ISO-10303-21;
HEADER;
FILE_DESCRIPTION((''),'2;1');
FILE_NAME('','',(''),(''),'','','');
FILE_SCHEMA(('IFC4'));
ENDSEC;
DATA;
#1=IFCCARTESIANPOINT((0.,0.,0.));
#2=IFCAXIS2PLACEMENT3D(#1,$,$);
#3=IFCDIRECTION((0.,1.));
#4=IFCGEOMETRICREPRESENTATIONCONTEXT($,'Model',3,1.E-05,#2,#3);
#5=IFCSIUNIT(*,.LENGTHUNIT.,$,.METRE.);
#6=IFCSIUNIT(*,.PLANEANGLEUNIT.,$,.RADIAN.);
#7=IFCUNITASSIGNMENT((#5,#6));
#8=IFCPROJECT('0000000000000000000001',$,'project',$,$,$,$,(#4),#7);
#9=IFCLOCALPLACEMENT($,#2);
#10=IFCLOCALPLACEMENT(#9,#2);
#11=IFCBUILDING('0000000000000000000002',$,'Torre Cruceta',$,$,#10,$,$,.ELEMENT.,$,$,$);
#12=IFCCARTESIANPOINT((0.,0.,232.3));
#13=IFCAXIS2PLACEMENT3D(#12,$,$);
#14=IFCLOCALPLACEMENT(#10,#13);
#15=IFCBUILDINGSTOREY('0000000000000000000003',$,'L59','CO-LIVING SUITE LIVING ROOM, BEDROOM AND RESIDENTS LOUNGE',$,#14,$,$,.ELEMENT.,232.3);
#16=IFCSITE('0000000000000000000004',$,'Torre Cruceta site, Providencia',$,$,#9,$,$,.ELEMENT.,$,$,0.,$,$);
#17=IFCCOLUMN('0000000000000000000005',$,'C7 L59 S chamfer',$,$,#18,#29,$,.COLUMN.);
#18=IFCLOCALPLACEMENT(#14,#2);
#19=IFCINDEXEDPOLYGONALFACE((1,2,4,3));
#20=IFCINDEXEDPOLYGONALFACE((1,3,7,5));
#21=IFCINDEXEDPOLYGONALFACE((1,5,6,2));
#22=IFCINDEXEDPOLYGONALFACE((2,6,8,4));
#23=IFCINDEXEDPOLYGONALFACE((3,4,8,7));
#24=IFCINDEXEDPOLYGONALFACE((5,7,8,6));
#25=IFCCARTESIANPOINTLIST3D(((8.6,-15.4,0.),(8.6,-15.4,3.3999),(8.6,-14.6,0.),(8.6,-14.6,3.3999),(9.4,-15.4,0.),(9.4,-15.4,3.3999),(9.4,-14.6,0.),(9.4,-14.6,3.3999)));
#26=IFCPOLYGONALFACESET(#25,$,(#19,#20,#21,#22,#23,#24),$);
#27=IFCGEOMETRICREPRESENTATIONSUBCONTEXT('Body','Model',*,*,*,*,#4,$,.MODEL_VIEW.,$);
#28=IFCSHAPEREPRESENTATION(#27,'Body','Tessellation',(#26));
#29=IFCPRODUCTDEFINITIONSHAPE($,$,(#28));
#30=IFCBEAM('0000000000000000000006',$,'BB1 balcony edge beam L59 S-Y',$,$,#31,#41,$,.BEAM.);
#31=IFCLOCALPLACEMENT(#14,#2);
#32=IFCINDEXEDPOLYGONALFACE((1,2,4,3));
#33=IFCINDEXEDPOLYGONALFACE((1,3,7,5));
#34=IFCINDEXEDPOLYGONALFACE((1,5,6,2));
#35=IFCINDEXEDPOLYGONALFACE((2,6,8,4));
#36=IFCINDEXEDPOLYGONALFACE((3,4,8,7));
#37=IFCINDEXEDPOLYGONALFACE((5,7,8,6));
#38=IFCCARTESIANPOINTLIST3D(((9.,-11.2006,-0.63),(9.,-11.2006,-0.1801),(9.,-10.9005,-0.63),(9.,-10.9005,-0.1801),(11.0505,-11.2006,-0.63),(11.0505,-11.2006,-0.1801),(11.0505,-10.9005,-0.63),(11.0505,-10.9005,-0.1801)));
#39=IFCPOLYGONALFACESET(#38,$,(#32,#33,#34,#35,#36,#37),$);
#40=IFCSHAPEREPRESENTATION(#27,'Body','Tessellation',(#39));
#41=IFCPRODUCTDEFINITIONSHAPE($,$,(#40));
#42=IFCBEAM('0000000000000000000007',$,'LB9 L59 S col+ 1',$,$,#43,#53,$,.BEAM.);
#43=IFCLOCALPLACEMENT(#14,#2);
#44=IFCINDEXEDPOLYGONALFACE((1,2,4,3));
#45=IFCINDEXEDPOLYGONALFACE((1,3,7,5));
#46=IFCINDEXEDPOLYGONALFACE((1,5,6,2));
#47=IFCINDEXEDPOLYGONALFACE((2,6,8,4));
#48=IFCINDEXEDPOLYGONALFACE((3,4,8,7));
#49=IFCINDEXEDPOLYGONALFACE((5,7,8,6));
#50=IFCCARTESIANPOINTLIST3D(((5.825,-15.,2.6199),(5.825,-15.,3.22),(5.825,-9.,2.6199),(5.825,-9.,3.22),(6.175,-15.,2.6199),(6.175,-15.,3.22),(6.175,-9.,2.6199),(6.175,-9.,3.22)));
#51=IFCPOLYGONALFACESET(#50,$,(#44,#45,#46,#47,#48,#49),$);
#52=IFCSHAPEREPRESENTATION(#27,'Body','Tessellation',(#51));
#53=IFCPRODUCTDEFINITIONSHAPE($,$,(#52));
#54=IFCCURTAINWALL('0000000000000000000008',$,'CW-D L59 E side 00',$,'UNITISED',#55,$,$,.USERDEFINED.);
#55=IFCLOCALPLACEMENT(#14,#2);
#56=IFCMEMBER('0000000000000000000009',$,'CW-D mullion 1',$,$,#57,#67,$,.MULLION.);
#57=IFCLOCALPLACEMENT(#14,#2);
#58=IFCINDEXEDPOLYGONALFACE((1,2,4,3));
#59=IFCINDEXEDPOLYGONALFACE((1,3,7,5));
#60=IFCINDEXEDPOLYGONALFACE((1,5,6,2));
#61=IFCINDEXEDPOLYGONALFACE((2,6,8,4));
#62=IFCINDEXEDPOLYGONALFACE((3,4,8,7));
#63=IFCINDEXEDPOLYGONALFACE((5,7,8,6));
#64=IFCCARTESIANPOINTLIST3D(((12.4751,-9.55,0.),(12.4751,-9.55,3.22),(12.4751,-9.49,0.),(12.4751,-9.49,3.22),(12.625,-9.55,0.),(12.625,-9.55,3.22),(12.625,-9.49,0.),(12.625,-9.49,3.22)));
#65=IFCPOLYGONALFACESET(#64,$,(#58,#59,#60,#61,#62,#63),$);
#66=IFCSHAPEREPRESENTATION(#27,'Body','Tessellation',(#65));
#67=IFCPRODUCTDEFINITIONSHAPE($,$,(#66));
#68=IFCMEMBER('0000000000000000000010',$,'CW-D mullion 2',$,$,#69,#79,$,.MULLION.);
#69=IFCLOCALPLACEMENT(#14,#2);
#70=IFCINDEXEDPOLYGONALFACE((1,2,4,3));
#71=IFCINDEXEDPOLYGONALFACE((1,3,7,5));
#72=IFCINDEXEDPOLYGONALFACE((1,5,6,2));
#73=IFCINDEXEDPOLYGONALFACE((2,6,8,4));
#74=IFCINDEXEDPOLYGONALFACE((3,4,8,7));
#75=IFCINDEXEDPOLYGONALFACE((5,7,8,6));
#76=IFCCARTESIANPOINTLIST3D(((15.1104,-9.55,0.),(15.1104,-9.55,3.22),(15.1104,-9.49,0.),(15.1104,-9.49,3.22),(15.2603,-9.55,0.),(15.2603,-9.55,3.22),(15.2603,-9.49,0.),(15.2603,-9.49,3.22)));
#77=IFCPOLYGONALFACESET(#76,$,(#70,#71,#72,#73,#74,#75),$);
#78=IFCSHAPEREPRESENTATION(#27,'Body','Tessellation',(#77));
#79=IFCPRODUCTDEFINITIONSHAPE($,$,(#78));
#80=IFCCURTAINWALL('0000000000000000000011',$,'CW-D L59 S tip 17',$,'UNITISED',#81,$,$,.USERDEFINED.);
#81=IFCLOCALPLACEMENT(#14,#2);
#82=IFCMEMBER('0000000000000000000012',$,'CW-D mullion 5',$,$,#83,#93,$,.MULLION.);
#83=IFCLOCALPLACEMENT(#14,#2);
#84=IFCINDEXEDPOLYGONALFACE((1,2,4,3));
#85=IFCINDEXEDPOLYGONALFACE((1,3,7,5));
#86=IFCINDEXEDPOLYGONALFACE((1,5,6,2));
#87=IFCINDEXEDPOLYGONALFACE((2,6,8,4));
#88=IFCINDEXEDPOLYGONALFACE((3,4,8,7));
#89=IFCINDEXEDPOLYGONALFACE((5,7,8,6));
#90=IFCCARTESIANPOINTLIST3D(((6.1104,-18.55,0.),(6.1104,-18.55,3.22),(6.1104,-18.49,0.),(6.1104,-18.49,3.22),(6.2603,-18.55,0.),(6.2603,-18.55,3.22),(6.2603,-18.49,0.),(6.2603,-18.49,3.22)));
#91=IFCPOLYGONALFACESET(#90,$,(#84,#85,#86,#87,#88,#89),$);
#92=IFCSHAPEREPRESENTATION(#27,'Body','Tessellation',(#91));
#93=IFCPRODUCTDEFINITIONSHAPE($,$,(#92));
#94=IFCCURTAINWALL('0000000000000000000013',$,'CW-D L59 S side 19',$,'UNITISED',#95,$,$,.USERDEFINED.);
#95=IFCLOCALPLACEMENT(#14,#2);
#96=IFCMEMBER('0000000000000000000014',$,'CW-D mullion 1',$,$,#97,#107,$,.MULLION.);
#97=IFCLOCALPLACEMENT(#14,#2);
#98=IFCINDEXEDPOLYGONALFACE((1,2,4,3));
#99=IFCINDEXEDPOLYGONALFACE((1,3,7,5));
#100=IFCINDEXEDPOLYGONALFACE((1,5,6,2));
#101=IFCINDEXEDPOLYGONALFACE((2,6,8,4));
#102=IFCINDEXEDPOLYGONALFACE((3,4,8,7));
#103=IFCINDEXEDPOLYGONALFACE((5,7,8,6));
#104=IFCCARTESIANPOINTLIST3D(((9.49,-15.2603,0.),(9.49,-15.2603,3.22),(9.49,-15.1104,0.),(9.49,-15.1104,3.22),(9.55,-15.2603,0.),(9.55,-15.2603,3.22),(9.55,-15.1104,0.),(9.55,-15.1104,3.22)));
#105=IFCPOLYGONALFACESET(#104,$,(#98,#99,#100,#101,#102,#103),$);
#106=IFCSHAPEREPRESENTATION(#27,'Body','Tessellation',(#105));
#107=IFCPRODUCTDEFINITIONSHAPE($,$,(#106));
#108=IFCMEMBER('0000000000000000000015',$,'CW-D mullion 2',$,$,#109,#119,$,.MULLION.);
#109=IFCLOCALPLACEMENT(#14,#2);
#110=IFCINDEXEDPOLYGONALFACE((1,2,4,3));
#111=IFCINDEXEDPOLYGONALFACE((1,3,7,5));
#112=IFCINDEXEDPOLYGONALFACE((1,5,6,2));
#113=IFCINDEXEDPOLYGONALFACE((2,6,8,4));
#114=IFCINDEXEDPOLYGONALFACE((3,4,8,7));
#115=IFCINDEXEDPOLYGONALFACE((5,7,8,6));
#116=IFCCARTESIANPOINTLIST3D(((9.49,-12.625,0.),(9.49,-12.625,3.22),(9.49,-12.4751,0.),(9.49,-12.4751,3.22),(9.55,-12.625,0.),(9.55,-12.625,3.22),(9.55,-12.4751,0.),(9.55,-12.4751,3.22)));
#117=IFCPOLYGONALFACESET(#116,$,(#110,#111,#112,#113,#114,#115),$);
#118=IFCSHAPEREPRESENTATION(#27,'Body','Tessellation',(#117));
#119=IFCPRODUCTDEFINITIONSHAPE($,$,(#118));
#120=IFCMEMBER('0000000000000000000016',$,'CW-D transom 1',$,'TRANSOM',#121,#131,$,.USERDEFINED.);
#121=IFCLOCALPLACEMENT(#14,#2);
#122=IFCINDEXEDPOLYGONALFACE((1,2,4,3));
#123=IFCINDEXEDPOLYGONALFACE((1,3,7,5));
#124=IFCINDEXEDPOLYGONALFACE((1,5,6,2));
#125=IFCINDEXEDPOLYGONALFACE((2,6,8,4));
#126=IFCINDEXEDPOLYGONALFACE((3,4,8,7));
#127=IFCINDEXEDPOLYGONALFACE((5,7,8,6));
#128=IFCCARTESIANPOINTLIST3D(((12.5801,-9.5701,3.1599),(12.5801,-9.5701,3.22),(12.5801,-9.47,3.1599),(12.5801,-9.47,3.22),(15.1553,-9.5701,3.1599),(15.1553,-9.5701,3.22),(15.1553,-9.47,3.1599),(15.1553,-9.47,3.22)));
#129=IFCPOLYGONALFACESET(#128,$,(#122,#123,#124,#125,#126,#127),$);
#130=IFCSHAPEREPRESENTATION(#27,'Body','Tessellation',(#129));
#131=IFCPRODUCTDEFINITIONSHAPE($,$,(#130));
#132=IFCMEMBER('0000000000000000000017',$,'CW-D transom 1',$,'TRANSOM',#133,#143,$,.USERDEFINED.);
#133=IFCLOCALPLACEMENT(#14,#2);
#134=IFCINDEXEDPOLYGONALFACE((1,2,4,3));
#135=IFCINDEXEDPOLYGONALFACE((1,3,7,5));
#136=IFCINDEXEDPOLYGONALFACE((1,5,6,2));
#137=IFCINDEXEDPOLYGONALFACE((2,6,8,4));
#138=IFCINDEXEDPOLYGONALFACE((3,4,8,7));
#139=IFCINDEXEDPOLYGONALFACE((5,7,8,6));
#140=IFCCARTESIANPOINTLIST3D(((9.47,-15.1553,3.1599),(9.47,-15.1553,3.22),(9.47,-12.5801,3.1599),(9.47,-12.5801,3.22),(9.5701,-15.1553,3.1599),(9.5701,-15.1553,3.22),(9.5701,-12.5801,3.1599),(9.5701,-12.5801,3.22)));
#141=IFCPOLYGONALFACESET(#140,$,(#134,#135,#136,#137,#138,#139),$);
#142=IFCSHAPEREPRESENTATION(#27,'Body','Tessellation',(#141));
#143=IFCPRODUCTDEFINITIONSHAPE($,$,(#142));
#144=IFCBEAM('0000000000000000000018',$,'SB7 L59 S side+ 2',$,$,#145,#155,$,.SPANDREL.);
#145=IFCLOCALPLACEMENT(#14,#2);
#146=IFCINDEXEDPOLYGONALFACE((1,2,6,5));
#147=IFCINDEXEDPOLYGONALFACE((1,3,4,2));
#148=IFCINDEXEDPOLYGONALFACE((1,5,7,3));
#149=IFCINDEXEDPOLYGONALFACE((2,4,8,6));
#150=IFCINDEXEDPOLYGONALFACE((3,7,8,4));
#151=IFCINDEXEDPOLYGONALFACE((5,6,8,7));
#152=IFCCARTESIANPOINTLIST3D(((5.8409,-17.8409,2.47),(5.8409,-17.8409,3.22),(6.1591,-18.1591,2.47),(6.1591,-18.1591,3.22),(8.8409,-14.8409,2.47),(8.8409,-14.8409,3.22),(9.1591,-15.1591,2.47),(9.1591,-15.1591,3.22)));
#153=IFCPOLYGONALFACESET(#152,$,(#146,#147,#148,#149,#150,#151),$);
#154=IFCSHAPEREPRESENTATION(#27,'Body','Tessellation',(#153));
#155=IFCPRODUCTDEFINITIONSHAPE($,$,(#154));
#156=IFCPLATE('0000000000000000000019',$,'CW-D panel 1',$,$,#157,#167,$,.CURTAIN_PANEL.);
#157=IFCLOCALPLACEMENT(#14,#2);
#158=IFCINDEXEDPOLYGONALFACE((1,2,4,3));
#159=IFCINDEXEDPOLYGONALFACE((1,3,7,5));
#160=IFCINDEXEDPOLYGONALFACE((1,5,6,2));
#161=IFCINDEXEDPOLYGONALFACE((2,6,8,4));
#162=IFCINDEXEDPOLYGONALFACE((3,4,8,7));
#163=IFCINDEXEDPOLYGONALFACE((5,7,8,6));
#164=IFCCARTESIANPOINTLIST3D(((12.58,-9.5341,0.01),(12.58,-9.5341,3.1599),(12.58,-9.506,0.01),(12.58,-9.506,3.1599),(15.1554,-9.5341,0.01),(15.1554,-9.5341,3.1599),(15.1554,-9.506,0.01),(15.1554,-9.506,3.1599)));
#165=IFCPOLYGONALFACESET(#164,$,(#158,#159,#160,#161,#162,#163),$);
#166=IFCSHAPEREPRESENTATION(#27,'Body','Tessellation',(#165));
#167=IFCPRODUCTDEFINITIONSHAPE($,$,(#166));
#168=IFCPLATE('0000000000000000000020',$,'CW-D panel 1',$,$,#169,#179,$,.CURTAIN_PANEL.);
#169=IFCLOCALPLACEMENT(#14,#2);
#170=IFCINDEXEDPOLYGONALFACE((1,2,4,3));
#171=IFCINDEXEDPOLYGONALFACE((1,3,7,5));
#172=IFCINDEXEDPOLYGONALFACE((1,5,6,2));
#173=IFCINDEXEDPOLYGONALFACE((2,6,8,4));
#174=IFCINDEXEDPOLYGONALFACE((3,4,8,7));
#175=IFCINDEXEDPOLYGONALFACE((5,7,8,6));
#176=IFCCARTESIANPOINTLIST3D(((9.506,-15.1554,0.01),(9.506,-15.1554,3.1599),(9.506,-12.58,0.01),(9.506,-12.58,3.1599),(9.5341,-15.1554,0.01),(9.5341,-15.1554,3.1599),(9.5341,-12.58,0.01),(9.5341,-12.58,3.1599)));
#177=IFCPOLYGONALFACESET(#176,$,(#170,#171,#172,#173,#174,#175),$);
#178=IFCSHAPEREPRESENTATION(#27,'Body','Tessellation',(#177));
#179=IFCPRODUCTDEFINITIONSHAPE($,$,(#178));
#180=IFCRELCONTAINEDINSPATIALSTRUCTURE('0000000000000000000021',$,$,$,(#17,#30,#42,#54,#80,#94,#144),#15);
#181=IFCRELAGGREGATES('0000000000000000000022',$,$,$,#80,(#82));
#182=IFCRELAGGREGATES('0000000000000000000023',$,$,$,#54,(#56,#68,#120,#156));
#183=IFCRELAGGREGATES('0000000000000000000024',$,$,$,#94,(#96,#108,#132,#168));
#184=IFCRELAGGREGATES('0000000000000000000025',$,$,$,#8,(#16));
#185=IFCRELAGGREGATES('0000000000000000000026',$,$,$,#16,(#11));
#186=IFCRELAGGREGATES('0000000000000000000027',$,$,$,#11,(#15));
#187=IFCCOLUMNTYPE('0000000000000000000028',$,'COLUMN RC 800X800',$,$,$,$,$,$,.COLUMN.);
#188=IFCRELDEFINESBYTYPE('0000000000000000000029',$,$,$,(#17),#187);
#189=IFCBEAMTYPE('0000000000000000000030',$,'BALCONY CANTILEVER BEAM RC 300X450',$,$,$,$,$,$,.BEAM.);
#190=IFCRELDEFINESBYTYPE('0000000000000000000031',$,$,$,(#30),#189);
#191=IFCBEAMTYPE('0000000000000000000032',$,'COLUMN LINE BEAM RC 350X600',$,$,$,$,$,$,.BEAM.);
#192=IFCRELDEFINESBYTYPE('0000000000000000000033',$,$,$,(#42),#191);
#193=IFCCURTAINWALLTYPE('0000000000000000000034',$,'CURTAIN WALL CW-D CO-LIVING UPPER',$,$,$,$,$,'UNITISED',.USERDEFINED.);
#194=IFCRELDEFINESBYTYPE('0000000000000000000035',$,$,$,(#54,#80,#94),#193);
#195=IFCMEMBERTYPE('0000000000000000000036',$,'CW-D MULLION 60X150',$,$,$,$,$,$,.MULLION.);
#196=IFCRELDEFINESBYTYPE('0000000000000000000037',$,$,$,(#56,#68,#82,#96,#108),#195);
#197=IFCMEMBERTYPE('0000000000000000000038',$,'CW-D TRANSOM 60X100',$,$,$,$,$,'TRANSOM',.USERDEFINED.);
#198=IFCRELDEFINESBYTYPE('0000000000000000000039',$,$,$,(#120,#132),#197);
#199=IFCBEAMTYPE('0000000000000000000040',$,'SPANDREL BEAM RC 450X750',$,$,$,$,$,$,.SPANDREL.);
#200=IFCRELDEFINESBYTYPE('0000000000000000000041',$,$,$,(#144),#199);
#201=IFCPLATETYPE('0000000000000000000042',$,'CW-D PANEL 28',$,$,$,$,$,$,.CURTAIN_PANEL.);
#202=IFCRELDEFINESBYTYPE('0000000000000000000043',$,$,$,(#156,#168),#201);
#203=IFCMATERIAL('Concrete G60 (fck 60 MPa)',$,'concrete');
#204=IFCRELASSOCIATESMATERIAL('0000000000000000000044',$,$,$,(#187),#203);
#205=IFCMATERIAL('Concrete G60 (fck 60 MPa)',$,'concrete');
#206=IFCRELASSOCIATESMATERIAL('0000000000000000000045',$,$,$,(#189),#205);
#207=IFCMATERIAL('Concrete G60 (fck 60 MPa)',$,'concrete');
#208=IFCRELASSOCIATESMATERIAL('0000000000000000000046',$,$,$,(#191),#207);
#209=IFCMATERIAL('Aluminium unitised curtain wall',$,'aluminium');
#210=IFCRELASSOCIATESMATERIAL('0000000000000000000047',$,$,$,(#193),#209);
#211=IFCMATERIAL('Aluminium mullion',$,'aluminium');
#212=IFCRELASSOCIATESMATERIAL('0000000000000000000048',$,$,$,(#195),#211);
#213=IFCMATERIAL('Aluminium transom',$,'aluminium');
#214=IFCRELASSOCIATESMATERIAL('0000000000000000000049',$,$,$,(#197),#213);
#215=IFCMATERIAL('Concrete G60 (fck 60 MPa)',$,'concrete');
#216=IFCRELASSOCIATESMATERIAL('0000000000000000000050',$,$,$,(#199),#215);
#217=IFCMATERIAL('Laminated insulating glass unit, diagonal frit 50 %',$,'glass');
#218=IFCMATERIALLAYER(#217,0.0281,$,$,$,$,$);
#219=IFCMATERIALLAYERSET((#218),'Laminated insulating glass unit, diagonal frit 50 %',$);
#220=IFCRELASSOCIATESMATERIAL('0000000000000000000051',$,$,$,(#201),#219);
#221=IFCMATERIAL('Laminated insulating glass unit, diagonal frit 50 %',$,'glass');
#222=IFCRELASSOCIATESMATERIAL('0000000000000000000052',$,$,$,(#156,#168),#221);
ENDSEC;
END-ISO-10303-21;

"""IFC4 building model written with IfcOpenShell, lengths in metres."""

from ifc_helpers import new_model, si_unit, direction, frame, origin, origin_2d, place, context, subcontext, project, spatial, rectangle, extrude, material, layer, layer_set, material_profile, profile_set, type_object, element, aggregate, save


model = new_model("IFC4")

# Units and contexts
model_context = context("Model", 3, precision=1e-05, world=origin(), true_north=direction((0.0, 1.0)))
body_context = subcontext(model_context, "Body", "Model", "MODEL_VIEW")
ifc_project = project(units=[si_unit("LENGTHUNIT", "METRE"), si_unit("PLANEANGLEUNIT", "RADIAN")], contexts=[model_context])

# Site, building, storey
site_placement = place(None, origin())
site = spatial("IfcSite", under=ifc_project, at=site_placement, Name="Torre Cruceta site, Providencia", CompositionType="ELEMENT", RefElevation=0.0)
building_placement = place(site_placement, origin())
building = spatial("IfcBuilding", under=site, at=building_placement, Name="Torre Cruceta", CompositionType="ELEMENT")
storey_placement = place(building_placement, frame((0.0, 0.0, 232.3)))
storey = spatial("IfcBuildingStorey", under=building, at=storey_placement, Name="L59", Description="CO-LIVING SUITE LIVING ROOM, BEDROOM AND RESIDENTS LOUNGE", CompositionType="ELEMENT", Elevation=232.3)

# Column
ifc_material_1 = material(Name="Concrete G60 (fck 60 MPa)", Category="concrete")
ifc_material_profile_1 = material_profile(ifc_material_1, rectangle(XDim=0.8, YDim=0.8, at=origin_2d()), Name="RC 800X800")
ifc_profile_set_1 = profile_set([ifc_material_profile_1], Name="Concrete G60 (fck 60 MPa)")
column_type = type_object("IfcColumnType", Name="COLUMN RC 800X800", PredefinedType="COLUMN", material=ifc_profile_set_1)
column_placement = place(storey_placement, frame((9.0, -15.0, 0.0), z_axis=(0.0, 0.0, 1.0), x_axis=(1.0, 0.0, 0.0)))
element("IfcColumn", 1, at=column_placement, inside=storey, type_object=column_type, Name="C7 L59 S chamfer", PredefinedType="COLUMN", context=body_context, shape_type="SweptSolid", body=[
    extrude(rectangle(XDim=0.8, YDim=0.8, at=origin_2d()), origin(), (0.0, 0.0, 1.0), 3.3999),
])

# Beams
ifc_material_2 = material(Name="Concrete G60 (fck 60 MPa)", Category="concrete")
ifc_material_profile_2 = material_profile(ifc_material_2, rectangle(XDim=0.3, YDim=0.45, at=origin_2d()), Name="RC 300X450")
ifc_profile_set_2 = profile_set([ifc_material_profile_2], Name="Concrete G60 (fck 60 MPa)")
beam_type_1 = type_object("IfcBeamType", Name="BALCONY CANTILEVER BEAM RC 300X450", PredefinedType="BEAM", material=ifc_profile_set_2)
beam_1_placement = place(storey_placement, frame((9.0, -11.0505, -0.405), z_axis=(1.0, 0.0, 0.0), x_axis=(0.0, 1.0, 0.0)))
element("IfcBeam", 2, at=beam_1_placement, inside=storey, type_object=beam_type_1, Name="BB1 balcony edge beam L59 S-Y", PredefinedType="BEAM", context=body_context, shape_type="SweptSolid", body=[
    extrude(rectangle(XDim=0.3, YDim=0.45, at=origin_2d()), origin(), (0.0, 0.0, 1.0), 2.0505),
])
ifc_material_3 = material(Name="Concrete G60 (fck 60 MPa)", Category="concrete")
ifc_material_profile_3 = material_profile(ifc_material_3, rectangle(XDim=0.3501, YDim=0.6001, at=origin_2d()), Name="RC 350X600")
ifc_profile_set_3 = profile_set([ifc_material_profile_3], Name="Concrete G60 (fck 60 MPa)")
beam_type_2 = type_object("IfcBeamType", Name="COLUMN LINE BEAM RC 350X600", PredefinedType="BEAM", material=ifc_profile_set_3)
beam_2_placement = place(storey_placement, frame((6.0, -9.0, 2.9199), z_axis=(0.0, -1.0, 0.0), x_axis=(1.0, 0.0, 0.0)))
element("IfcBeam", 3, at=beam_2_placement, inside=storey, type_object=beam_type_2, Name="LB9 L59 S col+ 1", PredefinedType="BEAM", context=body_context, shape_type="SweptSolid", body=[
    extrude(rectangle(XDim=0.3501, YDim=0.6001, at=origin_2d()), origin(), (0.0, 0.0, 1.0), 6.0),
])

# Curtain wall, members
ifc_material_4 = material(Name="Aluminium unitised curtain wall", Category="aluminium")
curtain_wall_type = type_object("IfcCurtainWallType", Name="CURTAIN WALL CW-D CO-LIVING UPPER", ElementType="UNITISED", PredefinedType="USERDEFINED", material=ifc_material_4)
curtain_wall_1_placement = place(storey_placement, origin())
curtain_wall_1 = element("IfcCurtainWall", 4, at=curtain_wall_1_placement, inside=storey, type_object=curtain_wall_type, Name="CW-D L59 E side 00", ObjectType="UNITISED", PredefinedType="USERDEFINED")
ifc_material_5 = material(Name="Aluminium mullion", Category="aluminium")
ifc_material_profile_4 = material_profile(ifc_material_5, rectangle(XDim=0.0601, YDim=0.1499, at=origin_2d()), Name="AL 60X150")
ifc_profile_set_4 = profile_set([ifc_material_profile_4], Name="Aluminium mullion")
member_type_1 = type_object("IfcMemberType", Name="CW-D MULLION 60X150", PredefinedType="MULLION", material=ifc_profile_set_4)
member_1_placement = place(storey_placement, frame((12.55, -9.52, 0.0), z_axis=(0.0, 0.0, 1.0), x_axis=(0.0, 1.0, 0.0)))
member_1 = element("IfcMember", 5, at=member_1_placement, type_object=member_type_1, Name="CW-D mullion 1", PredefinedType="MULLION", context=body_context, shape_type="SweptSolid", body=[
    extrude(rectangle(XDim=0.0601, YDim=0.1499, at=origin_2d()), origin(), (0.0, 0.0, 1.0), 3.22),
])
member_2_placement = place(storey_placement, frame((15.1853, -9.52, 0.0), z_axis=(0.0, 0.0, 1.0), x_axis=(0.0, 1.0, 0.0)))
member_2 = element("IfcMember", 6, at=member_2_placement, type_object=member_type_1, Name="CW-D mullion 2", PredefinedType="MULLION", context=body_context, shape_type="SweptSolid", body=[
    extrude(rectangle(XDim=0.0601, YDim=0.1499, at=origin_2d()), origin(), (0.0, 0.0, 1.0), 3.22),
])

# Curtain wall, member
curtain_wall_2_placement = place(storey_placement, origin())
curtain_wall_2 = element("IfcCurtainWall", 7, at=curtain_wall_2_placement, inside=storey, type_object=curtain_wall_type, Name="CW-D L59 S tip 17", ObjectType="UNITISED", PredefinedType="USERDEFINED")
member_3_placement = place(storey_placement, frame((6.1853, -18.52, 0.0), z_axis=(0.0, 0.0, 1.0), x_axis=(0.0, 1.0, 0.0)))
member_3 = element("IfcMember", 8, at=member_3_placement, type_object=member_type_1, Name="CW-D mullion 5", PredefinedType="MULLION", context=body_context, shape_type="SweptSolid", body=[
    extrude(rectangle(XDim=0.0601, YDim=0.1499, at=origin_2d()), origin(), (0.0, 0.0, 1.0), 3.22),
])
aggregate(curtain_wall_2, [member_3])

# Curtain wall, members
curtain_wall_3_placement = place(storey_placement, origin())
curtain_wall_3 = element("IfcCurtainWall", 9, at=curtain_wall_3_placement, inside=storey, type_object=curtain_wall_type, Name="CW-D L59 S side 19", ObjectType="UNITISED", PredefinedType="USERDEFINED")
member_4_placement = place(storey_placement, frame((9.52, -15.1853, 0.0), z_axis=(0.0, 0.0, 1.0), x_axis=(-1.0, 0.0, 0.0)))
member_4 = element("IfcMember", 10, at=member_4_placement, type_object=member_type_1, Name="CW-D mullion 1", PredefinedType="MULLION", context=body_context, shape_type="SweptSolid", body=[
    extrude(rectangle(XDim=0.0601, YDim=0.1499, at=origin_2d()), origin(), (0.0, 0.0, 1.0), 3.22),
])
member_5_placement = place(storey_placement, frame((9.52, -12.55, 0.0), z_axis=(0.0, 0.0, 1.0), x_axis=(-1.0, 0.0, 0.0)))
member_5 = element("IfcMember", 11, at=member_5_placement, type_object=member_type_1, Name="CW-D mullion 2", PredefinedType="MULLION", context=body_context, shape_type="SweptSolid", body=[
    extrude(rectangle(XDim=0.0601, YDim=0.1499, at=origin_2d()), origin(), (0.0, 0.0, 1.0), 3.22),
])

# Members
ifc_material_6 = material(Name="Aluminium transom", Category="aluminium")
ifc_material_profile_5 = material_profile(ifc_material_6, rectangle(XDim=0.1001, YDim=0.0601, at=origin_2d()), Name="AL 100X60")
ifc_profile_set_5 = profile_set([ifc_material_profile_5], Name="Aluminium transom")
member_type_2 = type_object("IfcMemberType", Name="CW-D TRANSOM 60X100", ElementType="TRANSOM", PredefinedType="USERDEFINED", material=ifc_profile_set_5)
member_6_placement = place(storey_placement, frame((12.5801, -9.52, 3.1899), z_axis=(1.0, 0.0, 0.0), x_axis=(0.0, 1.0, 0.0)))
member_6 = element("IfcMember", 12, at=member_6_placement, type_object=member_type_2, Name="CW-D transom 1", ObjectType="TRANSOM", PredefinedType="USERDEFINED", context=body_context, shape_type="SweptSolid", body=[
    extrude(rectangle(XDim=0.1001, YDim=0.0601, at=origin_2d()), origin(), (0.0, 0.0, 1.0), 2.5752),
])
member_7_placement = place(storey_placement, frame((9.52, -15.1553, 3.1899), z_axis=(0.0, 1.0, 0.0), x_axis=(-1.0, 0.0, 0.0)))
member_7 = element("IfcMember", 13, at=member_7_placement, type_object=member_type_2, Name="CW-D transom 1", ObjectType="TRANSOM", PredefinedType="USERDEFINED", context=body_context, shape_type="SweptSolid", body=[
    extrude(rectangle(XDim=0.1001, YDim=0.0601, at=origin_2d()), origin(), (0.0, 0.0, 1.0), 2.5752),
])

# Beam
ifc_material_7 = material(Name="Concrete G60 (fck 60 MPa)", Category="concrete")
ifc_material_profile_6 = material_profile(ifc_material_7, rectangle(XDim=0.45, YDim=0.75, at=origin_2d()), Name="RC 450X750")
ifc_profile_set_6 = profile_set([ifc_material_profile_6], Name="Concrete G60 (fck 60 MPa)")
beam_type_3 = type_object("IfcBeamType", Name="SPANDREL BEAM RC 450X750", PredefinedType="SPANDREL", material=ifc_profile_set_6)
beam_3_placement = place(storey_placement, frame((9.0, -15.0, 2.845), z_axis=(-0.707107, -0.707107, 0.0), x_axis=(0.707107, -0.707107, 0.0)))
element("IfcBeam", 14, at=beam_3_placement, inside=storey, type_object=beam_type_3, Name="SB7 L59 S side+ 2", PredefinedType="SPANDREL", context=body_context, shape_type="SweptSolid", body=[
    extrude(rectangle(XDim=0.45, YDim=0.75, at=origin_2d()), origin(), (0.0, 0.0, 1.0), 4.2427),
])

# Plates
ifc_material_8 = material(Name="Laminated insulating glass unit, diagonal frit 50 %", Category="glass")
ifc_material_9 = material(Name="Laminated insulating glass unit, diagonal frit 50 %", Category="glass")
ifc_layer_1 = layer(ifc_material_9, 0.0281)
ifc_layer_set_1 = layer_set([ifc_layer_1], Name="Laminated insulating glass unit, diagonal frit 50 %")
plate_type = type_object("IfcPlateType", Name="CW-D PANEL 28", PredefinedType="CURTAIN_PANEL", material=ifc_layer_set_1)
plate_1_placement = place(storey_placement, frame((13.8677, -9.52, 0.01), z_axis=(0.0, 0.0, 1.0), x_axis=(1.0, 0.0, 0.0)))
plate_1 = element("IfcPlate", 15, at=plate_1_placement, type_object=plate_type, material=ifc_material_8, Name="CW-D panel 1", PredefinedType="CURTAIN_PANEL", context=body_context, shape_type="SweptSolid", body=[
    extrude(rectangle(XDim=2.5754, YDim=0.0281, at=origin_2d()), origin(), (0.0, 0.0, 1.0), 3.1499),
])
aggregate(curtain_wall_1, [member_1, member_2, member_6, plate_1])
plate_2_placement = place(storey_placement, frame((9.52, -13.8677, 0.01), z_axis=(0.0, 0.0, 1.0), x_axis=(0.0, 1.0, 0.0)))
plate_2 = element("IfcPlate", 16, at=plate_2_placement, type_object=plate_type, material=ifc_material_8, Name="CW-D panel 1", PredefinedType="CURTAIN_PANEL", context=body_context, shape_type="SweptSolid", body=[
    extrude(rectangle(XDim=2.5754, YDim=0.0281, at=origin_2d()), origin(), (0.0, 0.0, 1.0), 3.1499),
])
aggregate(curtain_wall_3, [member_4, member_5, member_7, plate_2])

save(model, "model.ifc")
